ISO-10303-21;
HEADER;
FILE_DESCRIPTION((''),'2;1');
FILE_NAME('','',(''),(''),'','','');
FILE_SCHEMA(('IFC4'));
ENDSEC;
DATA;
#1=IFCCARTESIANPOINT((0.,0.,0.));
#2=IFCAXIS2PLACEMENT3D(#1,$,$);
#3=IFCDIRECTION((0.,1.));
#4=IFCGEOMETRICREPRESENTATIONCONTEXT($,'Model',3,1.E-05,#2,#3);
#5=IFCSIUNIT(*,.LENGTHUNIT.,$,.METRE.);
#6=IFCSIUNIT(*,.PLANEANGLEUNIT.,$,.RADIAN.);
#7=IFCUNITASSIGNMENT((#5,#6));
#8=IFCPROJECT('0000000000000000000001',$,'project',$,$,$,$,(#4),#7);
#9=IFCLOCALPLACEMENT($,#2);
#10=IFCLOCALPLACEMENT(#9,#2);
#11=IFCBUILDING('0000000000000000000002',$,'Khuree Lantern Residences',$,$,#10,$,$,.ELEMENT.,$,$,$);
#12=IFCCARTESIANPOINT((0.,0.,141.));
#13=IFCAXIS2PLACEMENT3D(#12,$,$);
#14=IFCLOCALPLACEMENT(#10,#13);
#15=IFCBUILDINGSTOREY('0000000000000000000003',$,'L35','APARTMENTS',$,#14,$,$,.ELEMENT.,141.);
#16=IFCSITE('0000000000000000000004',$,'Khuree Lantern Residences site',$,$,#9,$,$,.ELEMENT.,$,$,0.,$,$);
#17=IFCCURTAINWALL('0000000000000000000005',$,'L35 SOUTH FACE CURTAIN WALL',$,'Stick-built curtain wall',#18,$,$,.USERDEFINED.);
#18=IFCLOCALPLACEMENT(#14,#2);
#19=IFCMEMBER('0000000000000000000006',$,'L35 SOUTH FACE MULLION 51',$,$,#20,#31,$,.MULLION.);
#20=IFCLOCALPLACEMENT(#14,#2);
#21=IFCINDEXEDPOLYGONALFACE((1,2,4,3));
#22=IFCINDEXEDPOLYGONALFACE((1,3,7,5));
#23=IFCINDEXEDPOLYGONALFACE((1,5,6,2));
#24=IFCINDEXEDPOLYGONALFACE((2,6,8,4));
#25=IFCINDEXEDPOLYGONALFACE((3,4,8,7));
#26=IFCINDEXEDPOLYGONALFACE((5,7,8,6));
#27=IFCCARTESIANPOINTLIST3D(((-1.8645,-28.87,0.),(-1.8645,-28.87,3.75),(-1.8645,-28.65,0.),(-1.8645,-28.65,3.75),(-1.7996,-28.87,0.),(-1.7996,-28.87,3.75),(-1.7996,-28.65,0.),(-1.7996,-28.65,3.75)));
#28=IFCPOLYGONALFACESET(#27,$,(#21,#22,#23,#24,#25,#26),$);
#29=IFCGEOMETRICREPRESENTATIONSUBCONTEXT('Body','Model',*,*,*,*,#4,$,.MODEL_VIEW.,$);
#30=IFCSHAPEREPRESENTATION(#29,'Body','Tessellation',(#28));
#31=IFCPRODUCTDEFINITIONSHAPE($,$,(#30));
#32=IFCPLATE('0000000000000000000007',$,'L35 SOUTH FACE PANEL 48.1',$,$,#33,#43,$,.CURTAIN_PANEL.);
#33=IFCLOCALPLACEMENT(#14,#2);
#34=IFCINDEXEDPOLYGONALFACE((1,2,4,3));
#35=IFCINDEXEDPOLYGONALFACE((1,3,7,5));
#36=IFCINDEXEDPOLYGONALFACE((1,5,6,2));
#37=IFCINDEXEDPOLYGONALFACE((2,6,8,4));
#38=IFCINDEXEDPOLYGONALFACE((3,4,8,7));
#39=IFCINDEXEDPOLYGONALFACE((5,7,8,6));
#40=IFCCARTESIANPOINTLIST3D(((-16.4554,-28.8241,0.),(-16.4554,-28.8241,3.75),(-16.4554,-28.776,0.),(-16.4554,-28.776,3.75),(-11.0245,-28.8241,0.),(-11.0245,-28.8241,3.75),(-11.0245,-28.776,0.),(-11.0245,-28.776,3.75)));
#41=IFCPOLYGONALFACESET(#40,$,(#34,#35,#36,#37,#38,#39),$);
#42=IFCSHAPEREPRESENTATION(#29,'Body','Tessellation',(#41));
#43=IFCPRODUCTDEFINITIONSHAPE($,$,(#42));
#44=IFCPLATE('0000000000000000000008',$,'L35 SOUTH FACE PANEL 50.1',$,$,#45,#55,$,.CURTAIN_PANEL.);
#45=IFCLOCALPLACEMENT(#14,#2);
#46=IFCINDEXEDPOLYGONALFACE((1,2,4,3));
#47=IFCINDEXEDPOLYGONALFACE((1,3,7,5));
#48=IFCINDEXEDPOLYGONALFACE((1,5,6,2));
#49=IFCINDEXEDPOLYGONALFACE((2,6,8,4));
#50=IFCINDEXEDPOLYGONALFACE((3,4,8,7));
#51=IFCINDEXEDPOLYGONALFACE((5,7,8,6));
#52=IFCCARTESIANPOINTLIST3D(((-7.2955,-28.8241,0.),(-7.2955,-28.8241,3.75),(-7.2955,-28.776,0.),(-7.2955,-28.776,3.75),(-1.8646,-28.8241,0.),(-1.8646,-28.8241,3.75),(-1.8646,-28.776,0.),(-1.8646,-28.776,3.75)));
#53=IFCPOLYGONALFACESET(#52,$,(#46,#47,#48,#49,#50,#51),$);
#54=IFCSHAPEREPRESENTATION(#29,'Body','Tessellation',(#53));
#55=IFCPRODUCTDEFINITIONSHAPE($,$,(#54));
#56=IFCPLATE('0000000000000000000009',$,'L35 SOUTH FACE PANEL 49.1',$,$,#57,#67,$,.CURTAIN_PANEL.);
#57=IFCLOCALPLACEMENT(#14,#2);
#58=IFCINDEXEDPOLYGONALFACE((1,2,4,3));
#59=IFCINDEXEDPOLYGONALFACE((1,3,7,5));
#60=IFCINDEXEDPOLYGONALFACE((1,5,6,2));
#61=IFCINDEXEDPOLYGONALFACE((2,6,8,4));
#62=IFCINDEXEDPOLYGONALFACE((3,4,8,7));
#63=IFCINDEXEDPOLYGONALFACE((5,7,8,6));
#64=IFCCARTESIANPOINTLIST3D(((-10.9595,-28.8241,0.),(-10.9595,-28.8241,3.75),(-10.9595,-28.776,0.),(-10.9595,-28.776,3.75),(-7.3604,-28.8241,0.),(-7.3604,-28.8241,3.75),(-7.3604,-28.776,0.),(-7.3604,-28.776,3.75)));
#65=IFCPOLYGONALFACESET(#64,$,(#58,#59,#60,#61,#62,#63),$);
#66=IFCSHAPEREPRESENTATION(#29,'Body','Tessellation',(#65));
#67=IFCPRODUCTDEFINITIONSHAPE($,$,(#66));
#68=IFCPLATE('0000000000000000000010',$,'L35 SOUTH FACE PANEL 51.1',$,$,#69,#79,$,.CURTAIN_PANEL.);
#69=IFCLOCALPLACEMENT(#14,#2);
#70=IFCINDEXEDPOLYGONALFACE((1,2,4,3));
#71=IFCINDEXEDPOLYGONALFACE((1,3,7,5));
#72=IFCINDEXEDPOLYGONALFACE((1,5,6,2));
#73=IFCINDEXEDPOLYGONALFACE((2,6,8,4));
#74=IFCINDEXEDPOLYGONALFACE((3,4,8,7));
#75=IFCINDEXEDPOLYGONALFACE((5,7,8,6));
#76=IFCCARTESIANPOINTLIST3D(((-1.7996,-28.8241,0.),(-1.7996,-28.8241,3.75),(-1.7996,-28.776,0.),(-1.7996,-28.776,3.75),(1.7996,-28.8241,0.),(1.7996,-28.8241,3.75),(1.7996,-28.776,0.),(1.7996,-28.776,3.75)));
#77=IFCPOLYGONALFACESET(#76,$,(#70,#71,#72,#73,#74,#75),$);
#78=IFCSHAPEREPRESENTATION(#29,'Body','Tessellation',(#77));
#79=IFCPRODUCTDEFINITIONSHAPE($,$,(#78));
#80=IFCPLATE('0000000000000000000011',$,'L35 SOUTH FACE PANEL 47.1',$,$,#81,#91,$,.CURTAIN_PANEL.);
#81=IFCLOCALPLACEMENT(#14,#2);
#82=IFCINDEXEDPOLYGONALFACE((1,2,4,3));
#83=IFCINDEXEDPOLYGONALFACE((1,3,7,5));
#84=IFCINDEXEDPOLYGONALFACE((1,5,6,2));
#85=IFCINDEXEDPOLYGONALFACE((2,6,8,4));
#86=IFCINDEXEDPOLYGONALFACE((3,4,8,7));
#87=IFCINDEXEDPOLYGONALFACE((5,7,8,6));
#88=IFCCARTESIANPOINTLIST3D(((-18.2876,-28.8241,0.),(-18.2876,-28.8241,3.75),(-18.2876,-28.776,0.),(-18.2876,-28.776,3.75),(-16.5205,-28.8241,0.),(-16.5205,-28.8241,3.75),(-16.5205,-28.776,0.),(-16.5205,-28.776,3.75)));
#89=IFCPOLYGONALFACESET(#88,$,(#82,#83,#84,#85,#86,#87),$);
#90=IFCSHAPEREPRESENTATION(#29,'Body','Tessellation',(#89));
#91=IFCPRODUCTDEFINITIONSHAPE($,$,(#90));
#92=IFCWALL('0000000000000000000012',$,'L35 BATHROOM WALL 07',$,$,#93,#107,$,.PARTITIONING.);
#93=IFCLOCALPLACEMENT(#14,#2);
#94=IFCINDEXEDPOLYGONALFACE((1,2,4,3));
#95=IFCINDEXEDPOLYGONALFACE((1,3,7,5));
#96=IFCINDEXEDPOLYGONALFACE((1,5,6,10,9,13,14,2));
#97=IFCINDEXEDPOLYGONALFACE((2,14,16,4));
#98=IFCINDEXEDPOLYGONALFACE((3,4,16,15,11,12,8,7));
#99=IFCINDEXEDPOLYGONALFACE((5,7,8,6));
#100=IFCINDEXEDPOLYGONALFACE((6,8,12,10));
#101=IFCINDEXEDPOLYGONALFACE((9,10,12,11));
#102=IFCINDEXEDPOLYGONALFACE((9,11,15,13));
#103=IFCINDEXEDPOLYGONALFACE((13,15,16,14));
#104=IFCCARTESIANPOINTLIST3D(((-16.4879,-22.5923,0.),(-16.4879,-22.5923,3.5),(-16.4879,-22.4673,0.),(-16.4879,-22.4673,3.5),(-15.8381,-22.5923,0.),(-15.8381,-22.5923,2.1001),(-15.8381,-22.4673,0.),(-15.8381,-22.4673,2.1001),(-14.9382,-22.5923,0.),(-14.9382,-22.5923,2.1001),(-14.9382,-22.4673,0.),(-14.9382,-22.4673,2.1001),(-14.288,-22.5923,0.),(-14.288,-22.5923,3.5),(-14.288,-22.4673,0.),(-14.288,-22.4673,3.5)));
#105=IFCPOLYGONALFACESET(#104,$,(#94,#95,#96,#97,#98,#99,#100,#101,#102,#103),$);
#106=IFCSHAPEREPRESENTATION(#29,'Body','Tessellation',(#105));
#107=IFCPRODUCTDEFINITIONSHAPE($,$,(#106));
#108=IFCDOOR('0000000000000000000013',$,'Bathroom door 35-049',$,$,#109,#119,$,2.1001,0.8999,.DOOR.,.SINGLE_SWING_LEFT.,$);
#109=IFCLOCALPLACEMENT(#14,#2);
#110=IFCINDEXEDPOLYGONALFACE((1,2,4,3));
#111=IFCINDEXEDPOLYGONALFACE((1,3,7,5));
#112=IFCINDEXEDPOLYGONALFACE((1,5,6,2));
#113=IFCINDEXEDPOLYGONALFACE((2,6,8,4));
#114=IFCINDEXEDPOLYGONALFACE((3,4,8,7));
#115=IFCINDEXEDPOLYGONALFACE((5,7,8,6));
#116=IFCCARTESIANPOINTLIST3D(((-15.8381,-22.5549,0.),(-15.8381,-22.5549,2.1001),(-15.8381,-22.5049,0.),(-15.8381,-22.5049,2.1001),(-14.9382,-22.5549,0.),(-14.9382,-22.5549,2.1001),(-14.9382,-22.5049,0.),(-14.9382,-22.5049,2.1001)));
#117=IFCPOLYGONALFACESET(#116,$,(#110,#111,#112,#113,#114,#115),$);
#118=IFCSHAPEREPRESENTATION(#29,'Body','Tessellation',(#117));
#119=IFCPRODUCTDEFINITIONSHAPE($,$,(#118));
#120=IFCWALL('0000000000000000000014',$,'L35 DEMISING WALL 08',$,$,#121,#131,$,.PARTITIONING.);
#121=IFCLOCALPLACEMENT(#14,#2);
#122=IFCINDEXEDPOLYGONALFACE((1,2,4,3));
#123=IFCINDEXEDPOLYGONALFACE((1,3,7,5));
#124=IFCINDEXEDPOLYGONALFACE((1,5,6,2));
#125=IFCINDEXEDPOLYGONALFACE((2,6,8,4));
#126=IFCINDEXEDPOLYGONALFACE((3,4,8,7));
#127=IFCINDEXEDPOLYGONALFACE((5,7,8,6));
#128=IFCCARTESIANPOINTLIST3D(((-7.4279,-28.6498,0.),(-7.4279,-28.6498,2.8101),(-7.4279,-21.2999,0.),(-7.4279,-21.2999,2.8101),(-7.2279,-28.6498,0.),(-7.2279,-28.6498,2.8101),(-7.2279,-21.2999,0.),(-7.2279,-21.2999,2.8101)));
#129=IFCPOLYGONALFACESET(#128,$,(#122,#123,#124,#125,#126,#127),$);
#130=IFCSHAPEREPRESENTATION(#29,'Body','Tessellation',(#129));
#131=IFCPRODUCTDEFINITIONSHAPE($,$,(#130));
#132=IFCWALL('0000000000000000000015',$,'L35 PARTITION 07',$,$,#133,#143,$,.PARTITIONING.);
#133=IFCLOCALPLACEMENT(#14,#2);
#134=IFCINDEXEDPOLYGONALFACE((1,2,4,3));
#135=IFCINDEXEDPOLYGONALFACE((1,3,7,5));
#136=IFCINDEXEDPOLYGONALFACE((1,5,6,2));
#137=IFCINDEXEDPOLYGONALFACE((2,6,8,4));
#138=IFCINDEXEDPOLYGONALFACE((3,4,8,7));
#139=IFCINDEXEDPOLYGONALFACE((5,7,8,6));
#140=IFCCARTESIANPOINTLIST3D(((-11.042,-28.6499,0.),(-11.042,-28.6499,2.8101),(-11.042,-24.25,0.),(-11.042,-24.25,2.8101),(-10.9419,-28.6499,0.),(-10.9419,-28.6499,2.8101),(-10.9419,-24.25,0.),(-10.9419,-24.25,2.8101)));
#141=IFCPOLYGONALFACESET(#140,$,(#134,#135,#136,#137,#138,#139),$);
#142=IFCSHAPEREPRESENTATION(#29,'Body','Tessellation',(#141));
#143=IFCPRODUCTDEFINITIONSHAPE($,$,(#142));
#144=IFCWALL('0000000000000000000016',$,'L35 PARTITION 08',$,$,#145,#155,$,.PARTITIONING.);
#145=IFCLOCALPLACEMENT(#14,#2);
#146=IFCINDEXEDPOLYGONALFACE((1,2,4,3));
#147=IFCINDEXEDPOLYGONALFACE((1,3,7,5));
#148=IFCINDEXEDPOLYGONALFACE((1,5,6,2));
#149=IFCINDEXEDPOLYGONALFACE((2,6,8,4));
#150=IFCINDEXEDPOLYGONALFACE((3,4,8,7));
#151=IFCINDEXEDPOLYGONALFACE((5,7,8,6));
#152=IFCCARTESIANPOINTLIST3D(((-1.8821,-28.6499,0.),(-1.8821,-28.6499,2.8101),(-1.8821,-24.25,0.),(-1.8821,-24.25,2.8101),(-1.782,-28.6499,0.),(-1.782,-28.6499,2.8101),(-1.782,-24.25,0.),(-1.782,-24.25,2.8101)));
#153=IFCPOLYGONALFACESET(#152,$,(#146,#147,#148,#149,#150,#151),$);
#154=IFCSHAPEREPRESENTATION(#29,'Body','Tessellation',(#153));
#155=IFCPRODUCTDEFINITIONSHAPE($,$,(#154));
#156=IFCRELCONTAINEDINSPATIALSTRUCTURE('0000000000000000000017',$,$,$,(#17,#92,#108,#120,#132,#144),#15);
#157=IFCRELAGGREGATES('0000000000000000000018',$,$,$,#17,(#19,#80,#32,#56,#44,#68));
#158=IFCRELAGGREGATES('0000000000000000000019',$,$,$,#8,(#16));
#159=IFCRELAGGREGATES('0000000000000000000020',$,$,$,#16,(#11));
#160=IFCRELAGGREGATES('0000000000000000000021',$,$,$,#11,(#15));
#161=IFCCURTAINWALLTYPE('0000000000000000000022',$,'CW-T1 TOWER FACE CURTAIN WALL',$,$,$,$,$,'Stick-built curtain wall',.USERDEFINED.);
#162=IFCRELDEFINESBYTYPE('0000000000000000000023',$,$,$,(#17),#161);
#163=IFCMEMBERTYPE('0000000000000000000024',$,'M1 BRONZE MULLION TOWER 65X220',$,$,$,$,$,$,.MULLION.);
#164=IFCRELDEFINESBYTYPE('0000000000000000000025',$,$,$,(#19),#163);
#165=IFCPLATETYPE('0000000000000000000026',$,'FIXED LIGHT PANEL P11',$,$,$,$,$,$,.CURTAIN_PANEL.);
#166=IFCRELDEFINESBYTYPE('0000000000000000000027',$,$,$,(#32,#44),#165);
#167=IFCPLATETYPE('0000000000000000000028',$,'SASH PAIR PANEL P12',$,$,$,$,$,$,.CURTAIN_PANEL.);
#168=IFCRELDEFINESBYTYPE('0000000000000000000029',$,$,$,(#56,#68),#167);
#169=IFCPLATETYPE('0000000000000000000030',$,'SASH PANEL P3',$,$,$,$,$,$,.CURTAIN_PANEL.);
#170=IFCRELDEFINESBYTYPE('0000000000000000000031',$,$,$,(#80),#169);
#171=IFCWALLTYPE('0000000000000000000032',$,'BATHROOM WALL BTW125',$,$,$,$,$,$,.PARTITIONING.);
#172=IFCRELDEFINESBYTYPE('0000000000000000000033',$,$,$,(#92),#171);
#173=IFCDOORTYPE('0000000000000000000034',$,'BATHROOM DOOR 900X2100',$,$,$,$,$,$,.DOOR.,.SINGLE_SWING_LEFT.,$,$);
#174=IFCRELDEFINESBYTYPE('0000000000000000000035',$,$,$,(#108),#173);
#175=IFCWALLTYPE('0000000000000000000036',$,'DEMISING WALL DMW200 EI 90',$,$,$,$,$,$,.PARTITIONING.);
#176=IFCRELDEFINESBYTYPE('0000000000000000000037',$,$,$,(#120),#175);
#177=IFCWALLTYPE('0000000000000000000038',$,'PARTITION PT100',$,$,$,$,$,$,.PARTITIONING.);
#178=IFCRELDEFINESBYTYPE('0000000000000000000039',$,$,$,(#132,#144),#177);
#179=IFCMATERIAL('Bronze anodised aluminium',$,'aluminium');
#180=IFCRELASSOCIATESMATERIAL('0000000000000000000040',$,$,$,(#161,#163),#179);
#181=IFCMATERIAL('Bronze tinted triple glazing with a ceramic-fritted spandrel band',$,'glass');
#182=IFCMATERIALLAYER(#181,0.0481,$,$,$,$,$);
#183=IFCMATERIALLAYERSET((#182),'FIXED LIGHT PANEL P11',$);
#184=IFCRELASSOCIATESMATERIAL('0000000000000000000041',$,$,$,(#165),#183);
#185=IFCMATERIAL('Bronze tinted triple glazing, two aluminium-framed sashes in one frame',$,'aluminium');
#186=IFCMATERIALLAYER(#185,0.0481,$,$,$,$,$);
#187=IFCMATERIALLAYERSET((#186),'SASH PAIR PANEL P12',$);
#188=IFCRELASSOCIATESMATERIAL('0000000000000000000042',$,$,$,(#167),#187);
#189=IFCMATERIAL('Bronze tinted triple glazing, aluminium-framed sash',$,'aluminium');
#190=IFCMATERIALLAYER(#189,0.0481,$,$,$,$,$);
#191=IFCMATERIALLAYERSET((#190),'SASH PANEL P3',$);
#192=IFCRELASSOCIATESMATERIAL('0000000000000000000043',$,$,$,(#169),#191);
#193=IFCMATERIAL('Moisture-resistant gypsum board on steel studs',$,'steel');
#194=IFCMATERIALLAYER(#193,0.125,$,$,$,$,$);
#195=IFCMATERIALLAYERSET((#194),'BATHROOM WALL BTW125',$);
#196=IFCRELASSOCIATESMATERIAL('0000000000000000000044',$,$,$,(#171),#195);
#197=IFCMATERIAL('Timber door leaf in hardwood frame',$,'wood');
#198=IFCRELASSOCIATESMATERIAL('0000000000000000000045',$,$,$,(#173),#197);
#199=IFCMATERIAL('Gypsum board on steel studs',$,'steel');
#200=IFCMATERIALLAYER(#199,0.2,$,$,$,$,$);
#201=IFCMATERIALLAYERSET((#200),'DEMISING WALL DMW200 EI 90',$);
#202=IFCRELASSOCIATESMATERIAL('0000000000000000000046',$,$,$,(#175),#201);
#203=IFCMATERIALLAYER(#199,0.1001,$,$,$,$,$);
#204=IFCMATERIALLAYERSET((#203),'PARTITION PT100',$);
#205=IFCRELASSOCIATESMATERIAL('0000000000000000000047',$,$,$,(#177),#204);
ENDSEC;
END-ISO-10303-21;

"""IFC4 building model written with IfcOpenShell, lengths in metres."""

from ifc_helpers import new_model, si_unit, direction, frame, frame_2d, origin, origin_2d, place, context, subcontext, project, spatial, rectangle, extrude, material, layer, layer_set, material_profile, profile_set, type_object, element, fill, aggregate, save


model = new_model("IFC4")

# Units and contexts
model_context = context("Model", 3, precision=1e-05, world=origin(), true_north=direction((0.0, 1.0)))
body_context = subcontext(model_context, "Body", "Model", "MODEL_VIEW")
ifc_project = project(units=[si_unit("LENGTHUNIT", "METRE"), si_unit("PLANEANGLEUNIT", "RADIAN")], contexts=[model_context])

# Site, building, storey
site_placement = place(None, origin())
site = spatial("IfcSite", under=ifc_project, at=site_placement, Name="Khuree Lantern Residences site", CompositionType="ELEMENT", RefElevation=0.0)
building_placement = place(site_placement, origin())
building = spatial("IfcBuilding", under=site, at=building_placement, Name="Khuree Lantern Residences", CompositionType="ELEMENT")
storey_placement = place(building_placement, frame((0.0, 0.0, 141.0)))
storey = spatial("IfcBuildingStorey", under=building, at=storey_placement, Name="L35", Description="APARTMENTS", CompositionType="ELEMENT", Elevation=141.0)

# Curtain wall
ifc_material_1 = material(Name="Bronze anodised aluminium", Category="aluminium")
curtain_wall_type = type_object("IfcCurtainWallType", Name="CW-T1 TOWER FACE CURTAIN WALL", ElementType="Stick-built curtain wall", PredefinedType="USERDEFINED", material=ifc_material_1)
curtain_wall_placement = place(storey_placement, origin())
curtain_wall = element("IfcCurtainWall", 1, at=curtain_wall_placement, inside=storey, type_object=curtain_wall_type, Name="L35 SOUTH FACE CURTAIN WALL", ObjectType="Stick-built curtain wall", PredefinedType="USERDEFINED")

# Member
ifc_material_profile_1 = material_profile(ifc_material_1, rectangle(XDim=0.0649, YDim=0.22, at=origin_2d()), Name="M1 65X220")
ifc_profile_set_1 = profile_set([ifc_material_profile_1], Name="Bronze anodised aluminium")
member_type_1 = type_object("IfcMemberType", Name="M1 BRONZE MULLION TOWER 65X220", PredefinedType="MULLION", material=ifc_profile_set_1)
member_1_placement = place(storey_placement, frame((-1.832, -28.76, 0.0), z_axis=(0.0, 0.0, 1.0), x_axis=(1.0, 0.0, 0.0)))
member_1 = element("IfcMember", 2, at=member_1_placement, type_object=member_type_1, Name="L35 SOUTH FACE MULLION 51", PredefinedType="MULLION", context=body_context, shape_type="SweptSolid", body=[
    extrude(rectangle(XDim=0.0649, YDim=0.22, at=origin_2d()), origin(), (0.0, 0.0, 1.0), 3.75),
])

# Plates
ifc_material_2 = material(Name="Bronze tinted triple glazing with a ceramic-fritted spandrel band", Category="glass")
ifc_layer_1 = layer(ifc_material_2, 0.0481)
ifc_layer_set_1 = layer_set([ifc_layer_1], Name="FIXED LIGHT PANEL P11")
plate_type_1 = type_object("IfcPlateType", Name="FIXED LIGHT PANEL P11", PredefinedType="CURTAIN_PANEL", material=ifc_layer_set_1)
plate_1_placement = place(storey_placement, frame((-13.74, -28.8, 0.0), z_axis=(0.0, 0.0, 1.0), x_axis=(1.0, 0.0, 0.0)))
plate_1 = element("IfcPlate", 3, at=plate_1_placement, type_object=plate_type_1, Name="L35 SOUTH FACE PANEL 48.1", PredefinedType="CURTAIN_PANEL", context=body_context, shape_type="SweptSolid", body=[
    extrude(rectangle(XDim=5.4309, YDim=0.0481, at=origin_2d()), origin(), (0.0, 0.0, 1.0), 3.75),
])
plate_2_placement = place(storey_placement, frame((-4.5801, -28.8, 0.0), z_axis=(0.0, 0.0, 1.0), x_axis=(1.0, 0.0, 0.0)))
plate_2 = element("IfcPlate", 4, at=plate_2_placement, type_object=plate_type_1, Name="L35 SOUTH FACE PANEL 50.1", PredefinedType="CURTAIN_PANEL", context=body_context, shape_type="SweptSolid", body=[
    extrude(rectangle(XDim=5.4309, YDim=0.0481, at=origin_2d()), origin(), (0.0, 0.0, 1.0), 3.75),
])
ifc_material_3 = material(Name="Bronze tinted triple glazing, two aluminium-framed sashes in one frame", Category="aluminium")
ifc_layer_2 = layer(ifc_material_3, 0.0481)
ifc_layer_set_2 = layer_set([ifc_layer_2], Name="SASH PAIR PANEL P12")
plate_type_2 = type_object("IfcPlateType", Name="SASH PAIR PANEL P12", PredefinedType="CURTAIN_PANEL", material=ifc_layer_set_2)
plate_3_placement = place(storey_placement, frame((-9.1599, -28.8, 0.0), z_axis=(0.0, 0.0, 1.0), x_axis=(1.0, 0.0, 0.0)))
plate_3 = element("IfcPlate", 5, at=plate_3_placement, type_object=plate_type_2, Name="L35 SOUTH FACE PANEL 49.1", PredefinedType="CURTAIN_PANEL", context=body_context, shape_type="SweptSolid", body=[
    extrude(rectangle(XDim=3.5991, YDim=0.0481, at=origin_2d()), origin(), (0.0, 0.0, 1.0), 3.75),
])
plate_4_placement = place(storey_placement, frame((0.0, -28.8, 0.0), z_axis=(0.0, 0.0, 1.0), x_axis=(1.0, 0.0, 0.0)))
plate_4 = element("IfcPlate", 6, at=plate_4_placement, type_object=plate_type_2, Name="L35 SOUTH FACE PANEL 51.1", PredefinedType="CURTAIN_PANEL", context=body_context, shape_type="SweptSolid", body=[
    extrude(rectangle(XDim=3.5991, YDim=0.0481, at=origin_2d()), origin(), (0.0, 0.0, 1.0), 3.75),
])
ifc_material_4 = material(Name="Bronze tinted triple glazing, aluminium-framed sash", Category="aluminium")
ifc_layer_3 = layer(ifc_material_4, 0.0481)
ifc_layer_set_3 = layer_set([ifc_layer_3], Name="SASH PANEL P3")
plate_type_3 = type_object("IfcPlateType", Name="SASH PANEL P3", PredefinedType="CURTAIN_PANEL", material=ifc_layer_set_3)
plate_5_placement = place(storey_placement, frame((-17.4041, -28.8, 0.0), z_axis=(0.0, 0.0, 1.0), x_axis=(1.0, 0.0, 0.0)))
plate_5 = element("IfcPlate", 7, at=plate_5_placement, type_object=plate_type_3, Name="L35 SOUTH FACE PANEL 47.1", PredefinedType="CURTAIN_PANEL", context=body_context, shape_type="SweptSolid", body=[
    extrude(rectangle(XDim=1.7671, YDim=0.0481, at=origin_2d()), origin(), (0.0, 0.0, 1.0), 3.75),
])
aggregate(curtain_wall, [member_1, plate_5, plate_1, plate_3, plate_2, plate_4])

# Wall, opening, door
ifc_material_5 = material(Name="Moisture-resistant gypsum board on steel studs", Category="steel")
ifc_layer_4 = layer(ifc_material_5, 0.125)
ifc_layer_set_4 = layer_set([ifc_layer_4], Name="BATHROOM WALL BTW125")
wall_type_1 = type_object("IfcWallType", Name="BATHROOM WALL BTW125", PredefinedType="PARTITIONING", material=ifc_layer_set_4)
wall_1_placement = place(storey_placement, frame((-16.488, -22.5298, 0.0), z_axis=(0.0, 0.0, 1.0), x_axis=(1.0, 0.0, 0.0)))
wall_1 = element("IfcWall", 8, at=wall_1_placement, inside=storey, type_object=wall_type_1, Name="L35 BATHROOM WALL 07", PredefinedType="PARTITIONING", context=body_context, shape_type="SweptSolid", body=[
    extrude(rectangle(XDim=2.2, YDim=0.125, at=frame_2d((1.1001, 0.0))), origin(), (0.0, 0.0, 1.0), 3.5),
])
opening_1_placement = place(wall_1_placement, frame((0.6499, 0.0, 0.0)))
opening_1 = element("IfcOpeningElement", 9, at=opening_1_placement, cuts=wall_1, PredefinedType="OPENING", context=body_context, shape_type="SweptSolid", body=[
    extrude(rectangle(XDim=0.8999, YDim=2.1001, at=frame_2d((0.45, 1.05))), frame((0.0, 0.0725, 0.0), z_axis=(0.0, -1.0, 0.0), x_axis=(1.0, 0.0, 0.0)), (0.0, 0.0, 1.0), 0.145),
])
ifc_material_6 = material(Name="Timber door leaf in hardwood frame", Category="wood")
door_type_1 = type_object("IfcDoorType", Name="BATHROOM DOOR 900X2100", OperationType="SINGLE_SWING_LEFT", PredefinedType="DOOR", material=ifc_material_6)
door_1_placement = place(opening_1_placement, origin())
door_1 = element("IfcDoor", 10, at=door_1_placement, inside=storey, type_object=door_type_1, Name="Bathroom door 35-049", OperationType="SINGLE_SWING_LEFT", OverallHeight=2.1001, OverallWidth=0.8999, PredefinedType="DOOR", context=body_context, shape_type="SweptSolid", body=[
    extrude(rectangle(XDim=0.8999, YDim=2.1001, at=frame_2d((0.45, 1.05))), frame((0.0, 0.0249, 0.0), z_axis=(0.0, -1.0, 0.0), x_axis=(1.0, 0.0, 0.0)), (0.0, 0.0, 1.0), 0.05),
])
fill(opening_1, door_1)

# Walls
ifc_material_7 = material(Name="Gypsum board on steel studs", Category="steel")
ifc_layer_5 = layer(ifc_material_7, 0.2)
ifc_layer_set_5 = layer_set([ifc_layer_5], Name="DEMISING WALL DMW200 EI 90")
wall_type_2 = type_object("IfcWallType", Name="DEMISING WALL DMW200 EI 90", PredefinedType="PARTITIONING", material=ifc_layer_set_5)
wall_2_placement = place(storey_placement, frame((-7.3279, -21.3, 0.0), z_axis=(0.0, 0.0, 1.0), x_axis=(0.0, -1.0, 0.0)))
element("IfcWall", 11, at=wall_2_placement, inside=storey, type_object=wall_type_2, Name="L35 DEMISING WALL 08", PredefinedType="PARTITIONING", context=body_context, shape_type="SweptSolid", body=[
    extrude(rectangle(XDim=7.3499, YDim=0.2, at=frame_2d((3.6748, 0.0))), origin(), (0.0, 0.0, 1.0), 2.8101),
])
ifc_layer_6 = layer(ifc_material_7, 0.1001)
ifc_layer_set_6 = layer_set([ifc_layer_6], Name="PARTITION PT100")
wall_type_3 = type_object("IfcWallType", Name="PARTITION PT100", PredefinedType="PARTITIONING", material=ifc_layer_set_6)
for number, where, z_axis, x_axis, name in (
    (12, (-10.9919, -24.25, 0.0), (0.0, 0.0, 1.0), (0.0, -1.0, 0.0), "L35 PARTITION 07"),
    (13, (-1.832, -24.25, 0.0), (0.0, 0.0, 1.0), (0.0, -1.0, 0.0), "L35 PARTITION 08"),
):
    element("IfcWall", number, at=place(storey_placement, frame(where, z_axis=z_axis, x_axis=x_axis)), inside=storey, type_object=wall_type_3, Name=name, PredefinedType="PARTITIONING", context=body_context, shape_type="SweptSolid", body=[
        extrude(rectangle(XDim=4.3999, YDim=0.1001, at=frame_2d((2.2, 0.0))), origin(), (0.0, 0.0, 1.0), 2.8101),
    ])

save(model, "model.ifc")
